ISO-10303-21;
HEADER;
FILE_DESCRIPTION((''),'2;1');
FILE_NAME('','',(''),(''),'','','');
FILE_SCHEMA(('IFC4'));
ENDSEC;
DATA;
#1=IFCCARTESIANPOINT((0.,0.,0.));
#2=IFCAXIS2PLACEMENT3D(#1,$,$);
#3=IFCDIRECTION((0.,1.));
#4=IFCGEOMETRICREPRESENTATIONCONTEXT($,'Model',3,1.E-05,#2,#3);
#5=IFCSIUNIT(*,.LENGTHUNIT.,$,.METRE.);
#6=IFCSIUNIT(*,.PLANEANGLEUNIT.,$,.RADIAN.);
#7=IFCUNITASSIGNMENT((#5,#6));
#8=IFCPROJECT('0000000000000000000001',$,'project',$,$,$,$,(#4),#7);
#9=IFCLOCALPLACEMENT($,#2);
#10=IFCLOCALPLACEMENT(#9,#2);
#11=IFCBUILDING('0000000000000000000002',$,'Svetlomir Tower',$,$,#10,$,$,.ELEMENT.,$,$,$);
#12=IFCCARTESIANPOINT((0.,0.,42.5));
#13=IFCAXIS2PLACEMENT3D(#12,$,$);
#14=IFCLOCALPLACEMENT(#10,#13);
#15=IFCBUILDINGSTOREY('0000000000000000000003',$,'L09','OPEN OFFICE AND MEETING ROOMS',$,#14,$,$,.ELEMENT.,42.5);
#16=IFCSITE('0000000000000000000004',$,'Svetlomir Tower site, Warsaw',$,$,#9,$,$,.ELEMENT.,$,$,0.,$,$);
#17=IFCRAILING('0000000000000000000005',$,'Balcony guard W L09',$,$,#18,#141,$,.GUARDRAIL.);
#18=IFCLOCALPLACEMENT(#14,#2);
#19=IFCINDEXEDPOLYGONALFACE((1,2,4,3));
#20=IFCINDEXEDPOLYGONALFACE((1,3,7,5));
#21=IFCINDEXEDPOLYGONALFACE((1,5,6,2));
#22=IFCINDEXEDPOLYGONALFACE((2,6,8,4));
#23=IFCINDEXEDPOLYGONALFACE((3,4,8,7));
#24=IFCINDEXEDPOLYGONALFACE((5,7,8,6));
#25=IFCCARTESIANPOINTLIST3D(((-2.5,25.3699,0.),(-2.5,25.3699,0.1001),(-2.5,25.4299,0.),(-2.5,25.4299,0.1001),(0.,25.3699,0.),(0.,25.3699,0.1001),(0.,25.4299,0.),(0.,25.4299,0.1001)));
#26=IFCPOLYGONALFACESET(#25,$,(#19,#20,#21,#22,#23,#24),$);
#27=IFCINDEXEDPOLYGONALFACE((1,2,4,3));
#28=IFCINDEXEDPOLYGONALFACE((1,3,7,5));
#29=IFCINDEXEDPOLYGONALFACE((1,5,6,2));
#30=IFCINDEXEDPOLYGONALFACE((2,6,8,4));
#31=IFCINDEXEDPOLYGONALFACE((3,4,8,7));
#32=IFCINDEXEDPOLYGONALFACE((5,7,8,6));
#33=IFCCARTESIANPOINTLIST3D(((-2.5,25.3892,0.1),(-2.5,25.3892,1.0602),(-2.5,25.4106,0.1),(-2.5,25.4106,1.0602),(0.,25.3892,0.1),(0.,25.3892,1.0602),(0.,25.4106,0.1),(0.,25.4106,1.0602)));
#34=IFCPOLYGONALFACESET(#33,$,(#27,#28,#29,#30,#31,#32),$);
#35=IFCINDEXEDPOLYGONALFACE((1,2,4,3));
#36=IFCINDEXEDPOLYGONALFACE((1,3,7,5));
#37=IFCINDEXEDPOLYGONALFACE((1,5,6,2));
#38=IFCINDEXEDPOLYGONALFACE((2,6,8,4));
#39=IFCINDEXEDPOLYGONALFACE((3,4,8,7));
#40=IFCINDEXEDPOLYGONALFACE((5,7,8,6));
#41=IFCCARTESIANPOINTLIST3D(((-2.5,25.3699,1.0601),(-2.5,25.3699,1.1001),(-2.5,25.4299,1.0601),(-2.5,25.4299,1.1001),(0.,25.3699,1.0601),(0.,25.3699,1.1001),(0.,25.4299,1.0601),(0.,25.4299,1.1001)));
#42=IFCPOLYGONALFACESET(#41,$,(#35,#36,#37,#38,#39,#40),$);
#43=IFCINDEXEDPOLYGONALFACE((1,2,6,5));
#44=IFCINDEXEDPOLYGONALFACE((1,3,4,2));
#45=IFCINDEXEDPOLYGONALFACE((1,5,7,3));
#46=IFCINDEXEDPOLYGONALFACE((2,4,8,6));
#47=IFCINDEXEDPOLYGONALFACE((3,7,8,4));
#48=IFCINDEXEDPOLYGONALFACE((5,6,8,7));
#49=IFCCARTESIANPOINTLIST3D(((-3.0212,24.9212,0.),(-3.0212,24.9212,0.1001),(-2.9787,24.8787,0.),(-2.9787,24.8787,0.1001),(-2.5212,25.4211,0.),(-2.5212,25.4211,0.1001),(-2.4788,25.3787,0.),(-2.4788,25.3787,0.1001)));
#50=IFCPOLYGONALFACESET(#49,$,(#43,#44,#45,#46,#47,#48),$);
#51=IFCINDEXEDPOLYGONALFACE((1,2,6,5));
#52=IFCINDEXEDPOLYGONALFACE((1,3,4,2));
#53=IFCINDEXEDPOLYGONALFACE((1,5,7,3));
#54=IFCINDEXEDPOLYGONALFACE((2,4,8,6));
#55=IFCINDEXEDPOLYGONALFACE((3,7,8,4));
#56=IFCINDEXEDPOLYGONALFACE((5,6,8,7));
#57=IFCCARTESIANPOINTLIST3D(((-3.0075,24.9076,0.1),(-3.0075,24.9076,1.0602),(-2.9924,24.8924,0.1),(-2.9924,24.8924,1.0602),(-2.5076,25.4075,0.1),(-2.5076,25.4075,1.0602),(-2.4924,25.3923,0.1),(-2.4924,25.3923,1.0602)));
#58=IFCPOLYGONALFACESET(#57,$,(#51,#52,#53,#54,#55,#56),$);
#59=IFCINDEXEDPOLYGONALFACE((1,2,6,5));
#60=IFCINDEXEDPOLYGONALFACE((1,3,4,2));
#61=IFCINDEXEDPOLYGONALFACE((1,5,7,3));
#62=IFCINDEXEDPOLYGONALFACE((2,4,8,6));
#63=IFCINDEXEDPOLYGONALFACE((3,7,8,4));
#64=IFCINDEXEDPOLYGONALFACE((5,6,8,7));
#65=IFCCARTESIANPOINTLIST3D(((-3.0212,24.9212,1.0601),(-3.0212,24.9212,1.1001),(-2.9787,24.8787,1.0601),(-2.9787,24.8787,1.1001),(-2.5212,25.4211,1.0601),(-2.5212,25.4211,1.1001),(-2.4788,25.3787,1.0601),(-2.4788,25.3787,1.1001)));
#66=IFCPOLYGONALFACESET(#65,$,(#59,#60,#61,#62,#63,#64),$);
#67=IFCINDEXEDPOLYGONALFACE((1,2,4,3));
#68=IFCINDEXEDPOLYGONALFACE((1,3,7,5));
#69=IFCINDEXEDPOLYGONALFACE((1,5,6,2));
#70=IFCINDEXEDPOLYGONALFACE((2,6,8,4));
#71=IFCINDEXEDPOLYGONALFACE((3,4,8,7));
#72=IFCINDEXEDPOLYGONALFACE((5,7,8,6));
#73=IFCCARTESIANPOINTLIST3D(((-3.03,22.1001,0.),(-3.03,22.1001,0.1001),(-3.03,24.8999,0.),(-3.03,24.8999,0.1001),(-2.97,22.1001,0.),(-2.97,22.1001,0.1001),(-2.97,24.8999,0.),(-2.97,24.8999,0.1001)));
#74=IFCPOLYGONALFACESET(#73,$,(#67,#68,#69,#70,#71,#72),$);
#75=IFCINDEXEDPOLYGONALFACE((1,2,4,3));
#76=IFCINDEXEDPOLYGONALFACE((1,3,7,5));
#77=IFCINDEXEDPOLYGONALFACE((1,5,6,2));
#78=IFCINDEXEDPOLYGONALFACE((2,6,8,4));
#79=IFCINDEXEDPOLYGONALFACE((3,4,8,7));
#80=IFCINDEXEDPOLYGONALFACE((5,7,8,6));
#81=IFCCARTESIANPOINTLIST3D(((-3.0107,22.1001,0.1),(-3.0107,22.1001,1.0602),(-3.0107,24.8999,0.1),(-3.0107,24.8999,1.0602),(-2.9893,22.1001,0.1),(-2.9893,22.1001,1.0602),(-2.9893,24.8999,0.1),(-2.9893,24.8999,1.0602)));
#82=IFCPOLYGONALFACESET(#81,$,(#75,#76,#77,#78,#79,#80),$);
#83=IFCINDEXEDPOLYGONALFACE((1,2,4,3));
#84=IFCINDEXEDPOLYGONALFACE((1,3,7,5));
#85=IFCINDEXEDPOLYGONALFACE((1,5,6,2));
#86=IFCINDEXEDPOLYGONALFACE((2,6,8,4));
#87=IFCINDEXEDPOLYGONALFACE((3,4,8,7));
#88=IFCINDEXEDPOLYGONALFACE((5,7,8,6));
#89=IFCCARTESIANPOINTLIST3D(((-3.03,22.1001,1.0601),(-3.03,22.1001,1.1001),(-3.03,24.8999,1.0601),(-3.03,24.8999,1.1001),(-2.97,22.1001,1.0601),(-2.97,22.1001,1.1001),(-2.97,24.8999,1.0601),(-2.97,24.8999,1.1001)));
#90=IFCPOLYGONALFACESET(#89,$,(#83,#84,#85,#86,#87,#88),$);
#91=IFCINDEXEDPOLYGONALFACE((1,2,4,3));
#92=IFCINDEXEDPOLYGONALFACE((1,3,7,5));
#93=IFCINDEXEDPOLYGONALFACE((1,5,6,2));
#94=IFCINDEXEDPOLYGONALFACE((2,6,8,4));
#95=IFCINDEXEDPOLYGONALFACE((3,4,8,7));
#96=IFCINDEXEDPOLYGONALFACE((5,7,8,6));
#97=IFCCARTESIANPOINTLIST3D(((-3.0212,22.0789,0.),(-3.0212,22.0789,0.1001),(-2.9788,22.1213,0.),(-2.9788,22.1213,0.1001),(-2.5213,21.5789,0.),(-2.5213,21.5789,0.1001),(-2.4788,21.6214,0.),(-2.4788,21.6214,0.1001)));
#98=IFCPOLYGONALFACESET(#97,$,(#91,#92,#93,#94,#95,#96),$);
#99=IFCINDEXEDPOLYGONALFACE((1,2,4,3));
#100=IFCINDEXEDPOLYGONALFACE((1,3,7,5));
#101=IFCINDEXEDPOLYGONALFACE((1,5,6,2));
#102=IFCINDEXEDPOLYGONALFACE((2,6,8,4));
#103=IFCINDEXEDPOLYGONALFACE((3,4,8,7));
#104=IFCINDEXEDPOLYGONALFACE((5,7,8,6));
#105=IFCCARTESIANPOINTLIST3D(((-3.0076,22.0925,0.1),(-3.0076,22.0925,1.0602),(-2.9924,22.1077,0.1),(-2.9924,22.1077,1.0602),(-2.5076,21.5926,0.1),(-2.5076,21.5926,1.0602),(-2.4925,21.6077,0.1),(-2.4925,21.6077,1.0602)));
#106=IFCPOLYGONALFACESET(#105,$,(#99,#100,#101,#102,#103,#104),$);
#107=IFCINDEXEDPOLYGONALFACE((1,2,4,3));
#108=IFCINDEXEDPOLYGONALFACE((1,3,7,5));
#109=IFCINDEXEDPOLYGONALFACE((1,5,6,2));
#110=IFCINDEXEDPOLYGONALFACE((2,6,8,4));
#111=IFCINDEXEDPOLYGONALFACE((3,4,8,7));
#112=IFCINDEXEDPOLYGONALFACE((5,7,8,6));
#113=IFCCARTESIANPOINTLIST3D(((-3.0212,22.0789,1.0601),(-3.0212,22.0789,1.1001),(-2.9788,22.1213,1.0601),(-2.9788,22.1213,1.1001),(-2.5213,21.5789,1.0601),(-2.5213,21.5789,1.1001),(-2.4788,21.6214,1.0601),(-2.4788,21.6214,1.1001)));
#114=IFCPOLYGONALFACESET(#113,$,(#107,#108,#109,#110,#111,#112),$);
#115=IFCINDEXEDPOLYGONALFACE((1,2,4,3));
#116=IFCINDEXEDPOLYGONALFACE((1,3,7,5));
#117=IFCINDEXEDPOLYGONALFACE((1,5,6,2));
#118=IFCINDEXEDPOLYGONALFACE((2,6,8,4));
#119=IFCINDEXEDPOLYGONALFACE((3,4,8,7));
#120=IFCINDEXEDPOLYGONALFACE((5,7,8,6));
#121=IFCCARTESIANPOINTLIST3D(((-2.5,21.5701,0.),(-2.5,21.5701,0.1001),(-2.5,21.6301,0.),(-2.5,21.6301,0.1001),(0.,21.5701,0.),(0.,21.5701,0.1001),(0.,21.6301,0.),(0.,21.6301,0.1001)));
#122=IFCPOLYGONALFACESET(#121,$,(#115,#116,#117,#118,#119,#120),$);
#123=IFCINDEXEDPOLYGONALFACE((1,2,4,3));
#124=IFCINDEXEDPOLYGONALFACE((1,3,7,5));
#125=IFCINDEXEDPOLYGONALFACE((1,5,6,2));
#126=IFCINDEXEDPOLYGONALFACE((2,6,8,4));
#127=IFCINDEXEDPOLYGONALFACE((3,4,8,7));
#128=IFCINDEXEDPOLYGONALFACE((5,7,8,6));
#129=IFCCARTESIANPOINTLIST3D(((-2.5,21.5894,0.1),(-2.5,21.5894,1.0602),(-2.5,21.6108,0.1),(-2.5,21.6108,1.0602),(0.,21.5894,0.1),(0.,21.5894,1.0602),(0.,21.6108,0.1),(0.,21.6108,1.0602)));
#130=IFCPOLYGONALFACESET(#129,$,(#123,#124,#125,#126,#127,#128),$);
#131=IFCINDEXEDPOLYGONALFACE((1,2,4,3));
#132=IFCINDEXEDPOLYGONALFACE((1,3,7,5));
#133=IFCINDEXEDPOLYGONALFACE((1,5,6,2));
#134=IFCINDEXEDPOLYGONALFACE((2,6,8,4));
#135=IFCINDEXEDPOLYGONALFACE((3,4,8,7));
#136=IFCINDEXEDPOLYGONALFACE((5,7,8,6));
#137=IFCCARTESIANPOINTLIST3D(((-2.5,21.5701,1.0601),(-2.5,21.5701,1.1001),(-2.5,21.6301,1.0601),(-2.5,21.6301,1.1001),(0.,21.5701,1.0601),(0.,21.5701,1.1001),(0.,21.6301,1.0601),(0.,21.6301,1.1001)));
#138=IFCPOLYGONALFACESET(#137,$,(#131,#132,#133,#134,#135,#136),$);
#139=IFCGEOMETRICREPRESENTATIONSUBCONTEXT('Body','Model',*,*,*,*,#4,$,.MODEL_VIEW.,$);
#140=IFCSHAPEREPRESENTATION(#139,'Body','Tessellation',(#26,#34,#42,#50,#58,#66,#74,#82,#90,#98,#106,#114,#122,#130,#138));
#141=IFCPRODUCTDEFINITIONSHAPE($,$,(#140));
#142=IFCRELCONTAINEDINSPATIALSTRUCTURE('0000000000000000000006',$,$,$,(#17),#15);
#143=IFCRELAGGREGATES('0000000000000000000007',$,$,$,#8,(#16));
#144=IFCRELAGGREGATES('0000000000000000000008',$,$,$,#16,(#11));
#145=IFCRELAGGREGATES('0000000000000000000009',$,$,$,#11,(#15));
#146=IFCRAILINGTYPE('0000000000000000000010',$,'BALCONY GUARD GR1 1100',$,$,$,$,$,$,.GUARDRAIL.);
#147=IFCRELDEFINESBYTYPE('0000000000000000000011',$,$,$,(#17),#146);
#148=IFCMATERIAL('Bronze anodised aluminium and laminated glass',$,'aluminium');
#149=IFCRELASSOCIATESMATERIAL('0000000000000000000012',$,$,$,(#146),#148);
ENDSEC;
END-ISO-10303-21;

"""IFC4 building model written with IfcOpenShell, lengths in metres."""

from ifc_helpers import new_model, si_unit, direction, frame, origin, origin_2d, place, context, subcontext, project, spatial, rectangle, extrude, material, type_object, element, save


model = new_model("IFC4")

# Units and contexts
model_context = context("Model", 3, precision=1e-05, world=origin(), true_north=direction((0.0, 1.0)))
body_context = subcontext(model_context, "Body", "Model", "MODEL_VIEW")
ifc_project = project(units=[si_unit("LENGTHUNIT", "METRE"), si_unit("PLANEANGLEUNIT", "RADIAN")], contexts=[model_context])

# Site, building, storey
site_placement = place(None, origin())
site = spatial("IfcSite", under=ifc_project, at=site_placement, Name="Svetlomir Tower site, Warsaw", CompositionType="ELEMENT", RefElevation=0.0)
building_placement = place(site_placement, origin())
building = spatial("IfcBuilding", under=site, at=building_placement, Name="Svetlomir Tower", CompositionType="ELEMENT")
storey_placement = place(building_placement, frame((0.0, 0.0, 42.5)))
storey = spatial("IfcBuildingStorey", under=building, at=storey_placement, Name="L09", Description="OPEN OFFICE AND MEETING ROOMS", CompositionType="ELEMENT", Elevation=42.5)

# Railing
ifc_material_1 = material(Name="Bronze anodised aluminium and laminated glass", Category="aluminium")
railing_type_1 = type_object("IfcRailingType", Name="BALCONY GUARD GR1 1100", PredefinedType="GUARDRAIL", material=ifc_material_1)
railing_1_placement = place(storey_placement, frame((0.0, 25.3999, 0.0)))
element("IfcRailing", 1, at=railing_1_placement, inside=storey, type_object=railing_type_1, Name="Balcony guard W L09", PredefinedType="GUARDRAIL", context=body_context, shape_type="SweptSolid", body=[
    extrude(rectangle(XDim=0.0601, YDim=0.1001, at=origin_2d()), frame((0.0, 0.0, 0.05), z_axis=(-1.0, 0.0, 0.0), x_axis=(0.0, -1.0, 0.0)), (0.0, 0.0, 1.0), 2.5),
    extrude(rectangle(XDim=0.0215, YDim=0.9602, at=origin_2d()), frame((0.0, 0.0, 0.5801), z_axis=(-1.0, 0.0, 0.0), x_axis=(0.0, -1.0, 0.0)), (0.0, 0.0, 1.0), 2.5),
    extrude(rectangle(XDim=0.0601, YDim=0.04, at=origin_2d()), frame((0.0, 0.0, 1.0801), z_axis=(-1.0, 0.0, 0.0), x_axis=(0.0, -1.0, 0.0)), (0.0, 0.0, 1.0), 2.5),
    extrude(rectangle(XDim=0.0601, YDim=0.1001, at=origin_2d()), frame((-2.5, 0.0, 0.05), z_axis=(-0.707107, -0.707107, 0.0), x_axis=(0.707107, -0.707107, 0.0)), (0.0, 0.0, 1.0), 0.707),
    extrude(rectangle(XDim=0.0215, YDim=0.9602, at=origin_2d()), frame((-2.5, 0.0, 0.5801), z_axis=(-0.707107, -0.707107, 0.0), x_axis=(0.707107, -0.707107, 0.0)), (0.0, 0.0, 1.0), 0.707),
    extrude(rectangle(XDim=0.0601, YDim=0.04, at=origin_2d()), frame((-2.5, 0.0, 1.0801), z_axis=(-0.707107, -0.707107, 0.0), x_axis=(0.707107, -0.707107, 0.0)), (0.0, 0.0, 1.0), 0.707),
    extrude(rectangle(XDim=0.0601, YDim=0.1001, at=origin_2d()), frame((-3.0, -0.5, 0.05), z_axis=(0.0, -1.0, 0.0), x_axis=(1.0, 0.0, 0.0)), (0.0, 0.0, 1.0), 2.7998),
    extrude(rectangle(XDim=0.0215, YDim=0.9602, at=origin_2d()), frame((-3.0, -0.5, 0.5801), z_axis=(0.0, -1.0, 0.0), x_axis=(1.0, 0.0, 0.0)), (0.0, 0.0, 1.0), 2.7998),
    extrude(rectangle(XDim=0.0601, YDim=0.04, at=origin_2d()), frame((-3.0, -0.5, 1.0801), z_axis=(0.0, -1.0, 0.0), x_axis=(1.0, 0.0, 0.0)), (0.0, 0.0, 1.0), 2.7998),
    extrude(rectangle(XDim=0.0601, YDim=0.1001, at=origin_2d()), frame((-3.0, -3.2998, 0.05), z_axis=(0.707107, -0.707107, 0.0), x_axis=(0.707107, 0.707107, 0.0)), (0.0, 0.0, 1.0), 0.707),
    extrude(rectangle(XDim=0.0215, YDim=0.9602, at=origin_2d()), frame((-3.0, -3.2998, 0.5801), z_axis=(0.707107, -0.707107, 0.0), x_axis=(0.707107, 0.707107, 0.0)), (0.0, 0.0, 1.0), 0.707),
    extrude(rectangle(XDim=0.0601, YDim=0.04, at=origin_2d()), frame((-3.0, -3.2998, 1.0801), z_axis=(0.707107, -0.707107, 0.0), x_axis=(0.707107, 0.707107, 0.0)), (0.0, 0.0, 1.0), 0.707),
    extrude(rectangle(XDim=0.0601, YDim=0.1001, at=origin_2d()), frame((-2.5, -3.7998, 0.05), z_axis=(1.0, 0.0, 0.0), x_axis=(0.0, 1.0, 0.0)), (0.0, 0.0, 1.0), 2.5),
    extrude(rectangle(XDim=0.0215, YDim=0.9602, at=origin_2d()), frame((-2.5, -3.7998, 0.5801), z_axis=(1.0, 0.0, 0.0), x_axis=(0.0, 1.0, 0.0)), (0.0, 0.0, 1.0), 2.5),
    extrude(rectangle(XDim=0.0601, YDim=0.04, at=origin_2d()), frame((-2.5, -3.7998, 1.0801), z_axis=(1.0, 0.0, 0.0), x_axis=(0.0, 1.0, 0.0)), (0.0, 0.0, 1.0), 2.5),
])

save(model, "model.ifc")
